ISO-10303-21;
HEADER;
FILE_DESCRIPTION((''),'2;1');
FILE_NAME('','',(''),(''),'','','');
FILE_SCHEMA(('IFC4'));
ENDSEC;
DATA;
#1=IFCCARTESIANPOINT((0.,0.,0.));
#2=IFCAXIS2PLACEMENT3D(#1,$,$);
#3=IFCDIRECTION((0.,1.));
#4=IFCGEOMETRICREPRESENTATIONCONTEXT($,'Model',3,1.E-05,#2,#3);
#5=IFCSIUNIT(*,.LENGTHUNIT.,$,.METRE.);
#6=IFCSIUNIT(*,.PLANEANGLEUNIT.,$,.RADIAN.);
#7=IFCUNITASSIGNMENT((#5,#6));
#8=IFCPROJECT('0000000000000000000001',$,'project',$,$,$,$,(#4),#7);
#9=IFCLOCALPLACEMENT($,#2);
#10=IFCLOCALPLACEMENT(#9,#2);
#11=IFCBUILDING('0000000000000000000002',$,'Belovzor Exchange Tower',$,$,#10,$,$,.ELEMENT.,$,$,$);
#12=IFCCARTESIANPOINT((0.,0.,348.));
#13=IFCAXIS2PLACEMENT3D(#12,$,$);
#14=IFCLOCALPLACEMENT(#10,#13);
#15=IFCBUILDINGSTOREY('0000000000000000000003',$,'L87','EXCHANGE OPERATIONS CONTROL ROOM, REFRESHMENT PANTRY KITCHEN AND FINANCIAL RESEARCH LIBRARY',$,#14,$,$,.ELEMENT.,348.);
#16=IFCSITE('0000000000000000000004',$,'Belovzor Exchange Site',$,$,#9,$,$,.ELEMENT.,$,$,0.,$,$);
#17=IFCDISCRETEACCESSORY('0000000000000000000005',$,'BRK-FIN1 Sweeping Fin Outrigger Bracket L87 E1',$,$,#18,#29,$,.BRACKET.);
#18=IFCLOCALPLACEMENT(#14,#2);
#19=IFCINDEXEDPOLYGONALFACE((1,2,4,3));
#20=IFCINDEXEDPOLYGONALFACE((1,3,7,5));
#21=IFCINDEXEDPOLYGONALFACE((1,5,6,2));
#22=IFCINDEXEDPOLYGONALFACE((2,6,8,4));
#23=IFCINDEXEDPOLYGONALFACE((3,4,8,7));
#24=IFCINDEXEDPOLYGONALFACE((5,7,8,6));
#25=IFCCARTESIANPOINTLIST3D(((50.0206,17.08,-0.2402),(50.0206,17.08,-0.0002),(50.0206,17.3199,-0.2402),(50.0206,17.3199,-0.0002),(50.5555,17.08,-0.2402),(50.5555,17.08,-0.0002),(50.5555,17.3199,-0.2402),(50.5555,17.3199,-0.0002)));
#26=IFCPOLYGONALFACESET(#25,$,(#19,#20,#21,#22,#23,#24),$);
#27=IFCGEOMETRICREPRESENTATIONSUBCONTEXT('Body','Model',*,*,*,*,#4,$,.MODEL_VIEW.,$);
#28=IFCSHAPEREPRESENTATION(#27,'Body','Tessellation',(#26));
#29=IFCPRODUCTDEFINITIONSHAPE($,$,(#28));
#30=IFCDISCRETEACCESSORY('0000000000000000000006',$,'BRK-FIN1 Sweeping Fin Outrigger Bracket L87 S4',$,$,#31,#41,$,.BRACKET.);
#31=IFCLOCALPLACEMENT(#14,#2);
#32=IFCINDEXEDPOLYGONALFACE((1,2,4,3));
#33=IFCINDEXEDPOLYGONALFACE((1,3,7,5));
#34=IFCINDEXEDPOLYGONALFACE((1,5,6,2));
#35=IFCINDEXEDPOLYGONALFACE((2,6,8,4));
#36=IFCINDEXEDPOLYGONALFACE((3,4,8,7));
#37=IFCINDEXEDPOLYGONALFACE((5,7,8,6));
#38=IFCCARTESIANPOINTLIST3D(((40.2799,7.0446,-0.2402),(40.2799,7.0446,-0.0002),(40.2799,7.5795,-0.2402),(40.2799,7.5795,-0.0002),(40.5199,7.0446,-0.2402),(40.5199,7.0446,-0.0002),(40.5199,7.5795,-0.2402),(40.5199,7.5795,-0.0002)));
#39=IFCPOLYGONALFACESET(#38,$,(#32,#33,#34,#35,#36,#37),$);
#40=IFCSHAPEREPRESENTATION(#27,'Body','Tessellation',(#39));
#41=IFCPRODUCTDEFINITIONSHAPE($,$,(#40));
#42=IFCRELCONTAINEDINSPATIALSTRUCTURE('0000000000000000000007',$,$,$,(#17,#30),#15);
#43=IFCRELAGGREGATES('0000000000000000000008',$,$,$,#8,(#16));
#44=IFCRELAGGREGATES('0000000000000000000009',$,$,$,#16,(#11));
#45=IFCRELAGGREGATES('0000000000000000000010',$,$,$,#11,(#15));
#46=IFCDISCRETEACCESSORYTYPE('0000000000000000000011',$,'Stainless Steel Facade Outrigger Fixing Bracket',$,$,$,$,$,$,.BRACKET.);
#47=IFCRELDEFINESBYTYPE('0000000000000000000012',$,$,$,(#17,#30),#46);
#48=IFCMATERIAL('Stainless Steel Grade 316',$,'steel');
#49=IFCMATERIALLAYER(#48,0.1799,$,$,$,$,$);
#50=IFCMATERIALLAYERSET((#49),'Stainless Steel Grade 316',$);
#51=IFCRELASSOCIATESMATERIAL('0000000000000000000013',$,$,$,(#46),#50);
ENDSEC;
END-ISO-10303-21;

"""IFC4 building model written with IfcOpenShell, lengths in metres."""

from ifc_helpers import new_model, si_unit, direction, frame, origin, origin_2d, place, context, subcontext, project, spatial, rectangle, extrude, material, layer, layer_set, type_object, element, save


model = new_model("IFC4")

# Units and contexts
model_context = context("Model", 3, precision=1e-05, world=origin(), true_north=direction((0.0, 1.0)))
body_context = subcontext(model_context, "Body", "Model", "MODEL_VIEW")
ifc_project = project(units=[si_unit("LENGTHUNIT", "METRE"), si_unit("PLANEANGLEUNIT", "RADIAN")], contexts=[model_context])

# Site, building, storey
site_placement = place(None, origin())
site = spatial("IfcSite", under=ifc_project, at=site_placement, Name="Belovzor Exchange Site", CompositionType="ELEMENT", RefElevation=0.0)
building_placement = place(site_placement, origin())
building = spatial("IfcBuilding", under=site, at=building_placement, Name="Belovzor Exchange Tower", CompositionType="ELEMENT")
storey_placement = place(building_placement, frame((0.0, 0.0, 348.0)))
storey = spatial("IfcBuildingStorey", under=building, at=storey_placement, Name="L87", Description="EXCHANGE OPERATIONS CONTROL ROOM, REFRESHMENT PANTRY KITCHEN AND FINANCIAL RESEARCH LIBRARY", CompositionType="ELEMENT", Elevation=348.0)

# Discrete accessories
ifc_material_1 = material(Name="Stainless Steel Grade 316", Category="steel")
ifc_layer_1 = layer(ifc_material_1, 0.1799)
ifc_layer_set_1 = layer_set([ifc_layer_1], Name="Stainless Steel Grade 316")
discrete_accessory_type = type_object("IfcDiscreteAccessoryType", Name="Stainless Steel Facade Outrigger Fixing Bracket", PredefinedType="BRACKET", material=ifc_layer_set_1)
for number, where, z_axis, x_axis, name in (
    (1, (50.2881, 17.2, -0.2402), (0.0, 0.0, 1.0), (1.0, 0.0, 0.0), "BRK-FIN1 Sweeping Fin Outrigger Bracket L87 E1"),
    (2, (40.3999, 7.312, -0.2402), (0.0, 0.0, 1.0), (0.0, 1.0, 0.0), "BRK-FIN1 Sweeping Fin Outrigger Bracket L87 S4"),
):
    element("IfcDiscreteAccessory", number, at=place(storey_placement, frame(where, z_axis=z_axis, x_axis=x_axis)), inside=storey, type_object=discrete_accessory_type, Name=name, PredefinedType="BRACKET", context=body_context, shape_type="SweptSolid", body=[
        extrude(rectangle(XDim=0.5349, YDim=0.24, at=origin_2d()), origin(), (0.0, 0.0, 1.0), 0.24),
    ])

save(model, "model.ifc")
